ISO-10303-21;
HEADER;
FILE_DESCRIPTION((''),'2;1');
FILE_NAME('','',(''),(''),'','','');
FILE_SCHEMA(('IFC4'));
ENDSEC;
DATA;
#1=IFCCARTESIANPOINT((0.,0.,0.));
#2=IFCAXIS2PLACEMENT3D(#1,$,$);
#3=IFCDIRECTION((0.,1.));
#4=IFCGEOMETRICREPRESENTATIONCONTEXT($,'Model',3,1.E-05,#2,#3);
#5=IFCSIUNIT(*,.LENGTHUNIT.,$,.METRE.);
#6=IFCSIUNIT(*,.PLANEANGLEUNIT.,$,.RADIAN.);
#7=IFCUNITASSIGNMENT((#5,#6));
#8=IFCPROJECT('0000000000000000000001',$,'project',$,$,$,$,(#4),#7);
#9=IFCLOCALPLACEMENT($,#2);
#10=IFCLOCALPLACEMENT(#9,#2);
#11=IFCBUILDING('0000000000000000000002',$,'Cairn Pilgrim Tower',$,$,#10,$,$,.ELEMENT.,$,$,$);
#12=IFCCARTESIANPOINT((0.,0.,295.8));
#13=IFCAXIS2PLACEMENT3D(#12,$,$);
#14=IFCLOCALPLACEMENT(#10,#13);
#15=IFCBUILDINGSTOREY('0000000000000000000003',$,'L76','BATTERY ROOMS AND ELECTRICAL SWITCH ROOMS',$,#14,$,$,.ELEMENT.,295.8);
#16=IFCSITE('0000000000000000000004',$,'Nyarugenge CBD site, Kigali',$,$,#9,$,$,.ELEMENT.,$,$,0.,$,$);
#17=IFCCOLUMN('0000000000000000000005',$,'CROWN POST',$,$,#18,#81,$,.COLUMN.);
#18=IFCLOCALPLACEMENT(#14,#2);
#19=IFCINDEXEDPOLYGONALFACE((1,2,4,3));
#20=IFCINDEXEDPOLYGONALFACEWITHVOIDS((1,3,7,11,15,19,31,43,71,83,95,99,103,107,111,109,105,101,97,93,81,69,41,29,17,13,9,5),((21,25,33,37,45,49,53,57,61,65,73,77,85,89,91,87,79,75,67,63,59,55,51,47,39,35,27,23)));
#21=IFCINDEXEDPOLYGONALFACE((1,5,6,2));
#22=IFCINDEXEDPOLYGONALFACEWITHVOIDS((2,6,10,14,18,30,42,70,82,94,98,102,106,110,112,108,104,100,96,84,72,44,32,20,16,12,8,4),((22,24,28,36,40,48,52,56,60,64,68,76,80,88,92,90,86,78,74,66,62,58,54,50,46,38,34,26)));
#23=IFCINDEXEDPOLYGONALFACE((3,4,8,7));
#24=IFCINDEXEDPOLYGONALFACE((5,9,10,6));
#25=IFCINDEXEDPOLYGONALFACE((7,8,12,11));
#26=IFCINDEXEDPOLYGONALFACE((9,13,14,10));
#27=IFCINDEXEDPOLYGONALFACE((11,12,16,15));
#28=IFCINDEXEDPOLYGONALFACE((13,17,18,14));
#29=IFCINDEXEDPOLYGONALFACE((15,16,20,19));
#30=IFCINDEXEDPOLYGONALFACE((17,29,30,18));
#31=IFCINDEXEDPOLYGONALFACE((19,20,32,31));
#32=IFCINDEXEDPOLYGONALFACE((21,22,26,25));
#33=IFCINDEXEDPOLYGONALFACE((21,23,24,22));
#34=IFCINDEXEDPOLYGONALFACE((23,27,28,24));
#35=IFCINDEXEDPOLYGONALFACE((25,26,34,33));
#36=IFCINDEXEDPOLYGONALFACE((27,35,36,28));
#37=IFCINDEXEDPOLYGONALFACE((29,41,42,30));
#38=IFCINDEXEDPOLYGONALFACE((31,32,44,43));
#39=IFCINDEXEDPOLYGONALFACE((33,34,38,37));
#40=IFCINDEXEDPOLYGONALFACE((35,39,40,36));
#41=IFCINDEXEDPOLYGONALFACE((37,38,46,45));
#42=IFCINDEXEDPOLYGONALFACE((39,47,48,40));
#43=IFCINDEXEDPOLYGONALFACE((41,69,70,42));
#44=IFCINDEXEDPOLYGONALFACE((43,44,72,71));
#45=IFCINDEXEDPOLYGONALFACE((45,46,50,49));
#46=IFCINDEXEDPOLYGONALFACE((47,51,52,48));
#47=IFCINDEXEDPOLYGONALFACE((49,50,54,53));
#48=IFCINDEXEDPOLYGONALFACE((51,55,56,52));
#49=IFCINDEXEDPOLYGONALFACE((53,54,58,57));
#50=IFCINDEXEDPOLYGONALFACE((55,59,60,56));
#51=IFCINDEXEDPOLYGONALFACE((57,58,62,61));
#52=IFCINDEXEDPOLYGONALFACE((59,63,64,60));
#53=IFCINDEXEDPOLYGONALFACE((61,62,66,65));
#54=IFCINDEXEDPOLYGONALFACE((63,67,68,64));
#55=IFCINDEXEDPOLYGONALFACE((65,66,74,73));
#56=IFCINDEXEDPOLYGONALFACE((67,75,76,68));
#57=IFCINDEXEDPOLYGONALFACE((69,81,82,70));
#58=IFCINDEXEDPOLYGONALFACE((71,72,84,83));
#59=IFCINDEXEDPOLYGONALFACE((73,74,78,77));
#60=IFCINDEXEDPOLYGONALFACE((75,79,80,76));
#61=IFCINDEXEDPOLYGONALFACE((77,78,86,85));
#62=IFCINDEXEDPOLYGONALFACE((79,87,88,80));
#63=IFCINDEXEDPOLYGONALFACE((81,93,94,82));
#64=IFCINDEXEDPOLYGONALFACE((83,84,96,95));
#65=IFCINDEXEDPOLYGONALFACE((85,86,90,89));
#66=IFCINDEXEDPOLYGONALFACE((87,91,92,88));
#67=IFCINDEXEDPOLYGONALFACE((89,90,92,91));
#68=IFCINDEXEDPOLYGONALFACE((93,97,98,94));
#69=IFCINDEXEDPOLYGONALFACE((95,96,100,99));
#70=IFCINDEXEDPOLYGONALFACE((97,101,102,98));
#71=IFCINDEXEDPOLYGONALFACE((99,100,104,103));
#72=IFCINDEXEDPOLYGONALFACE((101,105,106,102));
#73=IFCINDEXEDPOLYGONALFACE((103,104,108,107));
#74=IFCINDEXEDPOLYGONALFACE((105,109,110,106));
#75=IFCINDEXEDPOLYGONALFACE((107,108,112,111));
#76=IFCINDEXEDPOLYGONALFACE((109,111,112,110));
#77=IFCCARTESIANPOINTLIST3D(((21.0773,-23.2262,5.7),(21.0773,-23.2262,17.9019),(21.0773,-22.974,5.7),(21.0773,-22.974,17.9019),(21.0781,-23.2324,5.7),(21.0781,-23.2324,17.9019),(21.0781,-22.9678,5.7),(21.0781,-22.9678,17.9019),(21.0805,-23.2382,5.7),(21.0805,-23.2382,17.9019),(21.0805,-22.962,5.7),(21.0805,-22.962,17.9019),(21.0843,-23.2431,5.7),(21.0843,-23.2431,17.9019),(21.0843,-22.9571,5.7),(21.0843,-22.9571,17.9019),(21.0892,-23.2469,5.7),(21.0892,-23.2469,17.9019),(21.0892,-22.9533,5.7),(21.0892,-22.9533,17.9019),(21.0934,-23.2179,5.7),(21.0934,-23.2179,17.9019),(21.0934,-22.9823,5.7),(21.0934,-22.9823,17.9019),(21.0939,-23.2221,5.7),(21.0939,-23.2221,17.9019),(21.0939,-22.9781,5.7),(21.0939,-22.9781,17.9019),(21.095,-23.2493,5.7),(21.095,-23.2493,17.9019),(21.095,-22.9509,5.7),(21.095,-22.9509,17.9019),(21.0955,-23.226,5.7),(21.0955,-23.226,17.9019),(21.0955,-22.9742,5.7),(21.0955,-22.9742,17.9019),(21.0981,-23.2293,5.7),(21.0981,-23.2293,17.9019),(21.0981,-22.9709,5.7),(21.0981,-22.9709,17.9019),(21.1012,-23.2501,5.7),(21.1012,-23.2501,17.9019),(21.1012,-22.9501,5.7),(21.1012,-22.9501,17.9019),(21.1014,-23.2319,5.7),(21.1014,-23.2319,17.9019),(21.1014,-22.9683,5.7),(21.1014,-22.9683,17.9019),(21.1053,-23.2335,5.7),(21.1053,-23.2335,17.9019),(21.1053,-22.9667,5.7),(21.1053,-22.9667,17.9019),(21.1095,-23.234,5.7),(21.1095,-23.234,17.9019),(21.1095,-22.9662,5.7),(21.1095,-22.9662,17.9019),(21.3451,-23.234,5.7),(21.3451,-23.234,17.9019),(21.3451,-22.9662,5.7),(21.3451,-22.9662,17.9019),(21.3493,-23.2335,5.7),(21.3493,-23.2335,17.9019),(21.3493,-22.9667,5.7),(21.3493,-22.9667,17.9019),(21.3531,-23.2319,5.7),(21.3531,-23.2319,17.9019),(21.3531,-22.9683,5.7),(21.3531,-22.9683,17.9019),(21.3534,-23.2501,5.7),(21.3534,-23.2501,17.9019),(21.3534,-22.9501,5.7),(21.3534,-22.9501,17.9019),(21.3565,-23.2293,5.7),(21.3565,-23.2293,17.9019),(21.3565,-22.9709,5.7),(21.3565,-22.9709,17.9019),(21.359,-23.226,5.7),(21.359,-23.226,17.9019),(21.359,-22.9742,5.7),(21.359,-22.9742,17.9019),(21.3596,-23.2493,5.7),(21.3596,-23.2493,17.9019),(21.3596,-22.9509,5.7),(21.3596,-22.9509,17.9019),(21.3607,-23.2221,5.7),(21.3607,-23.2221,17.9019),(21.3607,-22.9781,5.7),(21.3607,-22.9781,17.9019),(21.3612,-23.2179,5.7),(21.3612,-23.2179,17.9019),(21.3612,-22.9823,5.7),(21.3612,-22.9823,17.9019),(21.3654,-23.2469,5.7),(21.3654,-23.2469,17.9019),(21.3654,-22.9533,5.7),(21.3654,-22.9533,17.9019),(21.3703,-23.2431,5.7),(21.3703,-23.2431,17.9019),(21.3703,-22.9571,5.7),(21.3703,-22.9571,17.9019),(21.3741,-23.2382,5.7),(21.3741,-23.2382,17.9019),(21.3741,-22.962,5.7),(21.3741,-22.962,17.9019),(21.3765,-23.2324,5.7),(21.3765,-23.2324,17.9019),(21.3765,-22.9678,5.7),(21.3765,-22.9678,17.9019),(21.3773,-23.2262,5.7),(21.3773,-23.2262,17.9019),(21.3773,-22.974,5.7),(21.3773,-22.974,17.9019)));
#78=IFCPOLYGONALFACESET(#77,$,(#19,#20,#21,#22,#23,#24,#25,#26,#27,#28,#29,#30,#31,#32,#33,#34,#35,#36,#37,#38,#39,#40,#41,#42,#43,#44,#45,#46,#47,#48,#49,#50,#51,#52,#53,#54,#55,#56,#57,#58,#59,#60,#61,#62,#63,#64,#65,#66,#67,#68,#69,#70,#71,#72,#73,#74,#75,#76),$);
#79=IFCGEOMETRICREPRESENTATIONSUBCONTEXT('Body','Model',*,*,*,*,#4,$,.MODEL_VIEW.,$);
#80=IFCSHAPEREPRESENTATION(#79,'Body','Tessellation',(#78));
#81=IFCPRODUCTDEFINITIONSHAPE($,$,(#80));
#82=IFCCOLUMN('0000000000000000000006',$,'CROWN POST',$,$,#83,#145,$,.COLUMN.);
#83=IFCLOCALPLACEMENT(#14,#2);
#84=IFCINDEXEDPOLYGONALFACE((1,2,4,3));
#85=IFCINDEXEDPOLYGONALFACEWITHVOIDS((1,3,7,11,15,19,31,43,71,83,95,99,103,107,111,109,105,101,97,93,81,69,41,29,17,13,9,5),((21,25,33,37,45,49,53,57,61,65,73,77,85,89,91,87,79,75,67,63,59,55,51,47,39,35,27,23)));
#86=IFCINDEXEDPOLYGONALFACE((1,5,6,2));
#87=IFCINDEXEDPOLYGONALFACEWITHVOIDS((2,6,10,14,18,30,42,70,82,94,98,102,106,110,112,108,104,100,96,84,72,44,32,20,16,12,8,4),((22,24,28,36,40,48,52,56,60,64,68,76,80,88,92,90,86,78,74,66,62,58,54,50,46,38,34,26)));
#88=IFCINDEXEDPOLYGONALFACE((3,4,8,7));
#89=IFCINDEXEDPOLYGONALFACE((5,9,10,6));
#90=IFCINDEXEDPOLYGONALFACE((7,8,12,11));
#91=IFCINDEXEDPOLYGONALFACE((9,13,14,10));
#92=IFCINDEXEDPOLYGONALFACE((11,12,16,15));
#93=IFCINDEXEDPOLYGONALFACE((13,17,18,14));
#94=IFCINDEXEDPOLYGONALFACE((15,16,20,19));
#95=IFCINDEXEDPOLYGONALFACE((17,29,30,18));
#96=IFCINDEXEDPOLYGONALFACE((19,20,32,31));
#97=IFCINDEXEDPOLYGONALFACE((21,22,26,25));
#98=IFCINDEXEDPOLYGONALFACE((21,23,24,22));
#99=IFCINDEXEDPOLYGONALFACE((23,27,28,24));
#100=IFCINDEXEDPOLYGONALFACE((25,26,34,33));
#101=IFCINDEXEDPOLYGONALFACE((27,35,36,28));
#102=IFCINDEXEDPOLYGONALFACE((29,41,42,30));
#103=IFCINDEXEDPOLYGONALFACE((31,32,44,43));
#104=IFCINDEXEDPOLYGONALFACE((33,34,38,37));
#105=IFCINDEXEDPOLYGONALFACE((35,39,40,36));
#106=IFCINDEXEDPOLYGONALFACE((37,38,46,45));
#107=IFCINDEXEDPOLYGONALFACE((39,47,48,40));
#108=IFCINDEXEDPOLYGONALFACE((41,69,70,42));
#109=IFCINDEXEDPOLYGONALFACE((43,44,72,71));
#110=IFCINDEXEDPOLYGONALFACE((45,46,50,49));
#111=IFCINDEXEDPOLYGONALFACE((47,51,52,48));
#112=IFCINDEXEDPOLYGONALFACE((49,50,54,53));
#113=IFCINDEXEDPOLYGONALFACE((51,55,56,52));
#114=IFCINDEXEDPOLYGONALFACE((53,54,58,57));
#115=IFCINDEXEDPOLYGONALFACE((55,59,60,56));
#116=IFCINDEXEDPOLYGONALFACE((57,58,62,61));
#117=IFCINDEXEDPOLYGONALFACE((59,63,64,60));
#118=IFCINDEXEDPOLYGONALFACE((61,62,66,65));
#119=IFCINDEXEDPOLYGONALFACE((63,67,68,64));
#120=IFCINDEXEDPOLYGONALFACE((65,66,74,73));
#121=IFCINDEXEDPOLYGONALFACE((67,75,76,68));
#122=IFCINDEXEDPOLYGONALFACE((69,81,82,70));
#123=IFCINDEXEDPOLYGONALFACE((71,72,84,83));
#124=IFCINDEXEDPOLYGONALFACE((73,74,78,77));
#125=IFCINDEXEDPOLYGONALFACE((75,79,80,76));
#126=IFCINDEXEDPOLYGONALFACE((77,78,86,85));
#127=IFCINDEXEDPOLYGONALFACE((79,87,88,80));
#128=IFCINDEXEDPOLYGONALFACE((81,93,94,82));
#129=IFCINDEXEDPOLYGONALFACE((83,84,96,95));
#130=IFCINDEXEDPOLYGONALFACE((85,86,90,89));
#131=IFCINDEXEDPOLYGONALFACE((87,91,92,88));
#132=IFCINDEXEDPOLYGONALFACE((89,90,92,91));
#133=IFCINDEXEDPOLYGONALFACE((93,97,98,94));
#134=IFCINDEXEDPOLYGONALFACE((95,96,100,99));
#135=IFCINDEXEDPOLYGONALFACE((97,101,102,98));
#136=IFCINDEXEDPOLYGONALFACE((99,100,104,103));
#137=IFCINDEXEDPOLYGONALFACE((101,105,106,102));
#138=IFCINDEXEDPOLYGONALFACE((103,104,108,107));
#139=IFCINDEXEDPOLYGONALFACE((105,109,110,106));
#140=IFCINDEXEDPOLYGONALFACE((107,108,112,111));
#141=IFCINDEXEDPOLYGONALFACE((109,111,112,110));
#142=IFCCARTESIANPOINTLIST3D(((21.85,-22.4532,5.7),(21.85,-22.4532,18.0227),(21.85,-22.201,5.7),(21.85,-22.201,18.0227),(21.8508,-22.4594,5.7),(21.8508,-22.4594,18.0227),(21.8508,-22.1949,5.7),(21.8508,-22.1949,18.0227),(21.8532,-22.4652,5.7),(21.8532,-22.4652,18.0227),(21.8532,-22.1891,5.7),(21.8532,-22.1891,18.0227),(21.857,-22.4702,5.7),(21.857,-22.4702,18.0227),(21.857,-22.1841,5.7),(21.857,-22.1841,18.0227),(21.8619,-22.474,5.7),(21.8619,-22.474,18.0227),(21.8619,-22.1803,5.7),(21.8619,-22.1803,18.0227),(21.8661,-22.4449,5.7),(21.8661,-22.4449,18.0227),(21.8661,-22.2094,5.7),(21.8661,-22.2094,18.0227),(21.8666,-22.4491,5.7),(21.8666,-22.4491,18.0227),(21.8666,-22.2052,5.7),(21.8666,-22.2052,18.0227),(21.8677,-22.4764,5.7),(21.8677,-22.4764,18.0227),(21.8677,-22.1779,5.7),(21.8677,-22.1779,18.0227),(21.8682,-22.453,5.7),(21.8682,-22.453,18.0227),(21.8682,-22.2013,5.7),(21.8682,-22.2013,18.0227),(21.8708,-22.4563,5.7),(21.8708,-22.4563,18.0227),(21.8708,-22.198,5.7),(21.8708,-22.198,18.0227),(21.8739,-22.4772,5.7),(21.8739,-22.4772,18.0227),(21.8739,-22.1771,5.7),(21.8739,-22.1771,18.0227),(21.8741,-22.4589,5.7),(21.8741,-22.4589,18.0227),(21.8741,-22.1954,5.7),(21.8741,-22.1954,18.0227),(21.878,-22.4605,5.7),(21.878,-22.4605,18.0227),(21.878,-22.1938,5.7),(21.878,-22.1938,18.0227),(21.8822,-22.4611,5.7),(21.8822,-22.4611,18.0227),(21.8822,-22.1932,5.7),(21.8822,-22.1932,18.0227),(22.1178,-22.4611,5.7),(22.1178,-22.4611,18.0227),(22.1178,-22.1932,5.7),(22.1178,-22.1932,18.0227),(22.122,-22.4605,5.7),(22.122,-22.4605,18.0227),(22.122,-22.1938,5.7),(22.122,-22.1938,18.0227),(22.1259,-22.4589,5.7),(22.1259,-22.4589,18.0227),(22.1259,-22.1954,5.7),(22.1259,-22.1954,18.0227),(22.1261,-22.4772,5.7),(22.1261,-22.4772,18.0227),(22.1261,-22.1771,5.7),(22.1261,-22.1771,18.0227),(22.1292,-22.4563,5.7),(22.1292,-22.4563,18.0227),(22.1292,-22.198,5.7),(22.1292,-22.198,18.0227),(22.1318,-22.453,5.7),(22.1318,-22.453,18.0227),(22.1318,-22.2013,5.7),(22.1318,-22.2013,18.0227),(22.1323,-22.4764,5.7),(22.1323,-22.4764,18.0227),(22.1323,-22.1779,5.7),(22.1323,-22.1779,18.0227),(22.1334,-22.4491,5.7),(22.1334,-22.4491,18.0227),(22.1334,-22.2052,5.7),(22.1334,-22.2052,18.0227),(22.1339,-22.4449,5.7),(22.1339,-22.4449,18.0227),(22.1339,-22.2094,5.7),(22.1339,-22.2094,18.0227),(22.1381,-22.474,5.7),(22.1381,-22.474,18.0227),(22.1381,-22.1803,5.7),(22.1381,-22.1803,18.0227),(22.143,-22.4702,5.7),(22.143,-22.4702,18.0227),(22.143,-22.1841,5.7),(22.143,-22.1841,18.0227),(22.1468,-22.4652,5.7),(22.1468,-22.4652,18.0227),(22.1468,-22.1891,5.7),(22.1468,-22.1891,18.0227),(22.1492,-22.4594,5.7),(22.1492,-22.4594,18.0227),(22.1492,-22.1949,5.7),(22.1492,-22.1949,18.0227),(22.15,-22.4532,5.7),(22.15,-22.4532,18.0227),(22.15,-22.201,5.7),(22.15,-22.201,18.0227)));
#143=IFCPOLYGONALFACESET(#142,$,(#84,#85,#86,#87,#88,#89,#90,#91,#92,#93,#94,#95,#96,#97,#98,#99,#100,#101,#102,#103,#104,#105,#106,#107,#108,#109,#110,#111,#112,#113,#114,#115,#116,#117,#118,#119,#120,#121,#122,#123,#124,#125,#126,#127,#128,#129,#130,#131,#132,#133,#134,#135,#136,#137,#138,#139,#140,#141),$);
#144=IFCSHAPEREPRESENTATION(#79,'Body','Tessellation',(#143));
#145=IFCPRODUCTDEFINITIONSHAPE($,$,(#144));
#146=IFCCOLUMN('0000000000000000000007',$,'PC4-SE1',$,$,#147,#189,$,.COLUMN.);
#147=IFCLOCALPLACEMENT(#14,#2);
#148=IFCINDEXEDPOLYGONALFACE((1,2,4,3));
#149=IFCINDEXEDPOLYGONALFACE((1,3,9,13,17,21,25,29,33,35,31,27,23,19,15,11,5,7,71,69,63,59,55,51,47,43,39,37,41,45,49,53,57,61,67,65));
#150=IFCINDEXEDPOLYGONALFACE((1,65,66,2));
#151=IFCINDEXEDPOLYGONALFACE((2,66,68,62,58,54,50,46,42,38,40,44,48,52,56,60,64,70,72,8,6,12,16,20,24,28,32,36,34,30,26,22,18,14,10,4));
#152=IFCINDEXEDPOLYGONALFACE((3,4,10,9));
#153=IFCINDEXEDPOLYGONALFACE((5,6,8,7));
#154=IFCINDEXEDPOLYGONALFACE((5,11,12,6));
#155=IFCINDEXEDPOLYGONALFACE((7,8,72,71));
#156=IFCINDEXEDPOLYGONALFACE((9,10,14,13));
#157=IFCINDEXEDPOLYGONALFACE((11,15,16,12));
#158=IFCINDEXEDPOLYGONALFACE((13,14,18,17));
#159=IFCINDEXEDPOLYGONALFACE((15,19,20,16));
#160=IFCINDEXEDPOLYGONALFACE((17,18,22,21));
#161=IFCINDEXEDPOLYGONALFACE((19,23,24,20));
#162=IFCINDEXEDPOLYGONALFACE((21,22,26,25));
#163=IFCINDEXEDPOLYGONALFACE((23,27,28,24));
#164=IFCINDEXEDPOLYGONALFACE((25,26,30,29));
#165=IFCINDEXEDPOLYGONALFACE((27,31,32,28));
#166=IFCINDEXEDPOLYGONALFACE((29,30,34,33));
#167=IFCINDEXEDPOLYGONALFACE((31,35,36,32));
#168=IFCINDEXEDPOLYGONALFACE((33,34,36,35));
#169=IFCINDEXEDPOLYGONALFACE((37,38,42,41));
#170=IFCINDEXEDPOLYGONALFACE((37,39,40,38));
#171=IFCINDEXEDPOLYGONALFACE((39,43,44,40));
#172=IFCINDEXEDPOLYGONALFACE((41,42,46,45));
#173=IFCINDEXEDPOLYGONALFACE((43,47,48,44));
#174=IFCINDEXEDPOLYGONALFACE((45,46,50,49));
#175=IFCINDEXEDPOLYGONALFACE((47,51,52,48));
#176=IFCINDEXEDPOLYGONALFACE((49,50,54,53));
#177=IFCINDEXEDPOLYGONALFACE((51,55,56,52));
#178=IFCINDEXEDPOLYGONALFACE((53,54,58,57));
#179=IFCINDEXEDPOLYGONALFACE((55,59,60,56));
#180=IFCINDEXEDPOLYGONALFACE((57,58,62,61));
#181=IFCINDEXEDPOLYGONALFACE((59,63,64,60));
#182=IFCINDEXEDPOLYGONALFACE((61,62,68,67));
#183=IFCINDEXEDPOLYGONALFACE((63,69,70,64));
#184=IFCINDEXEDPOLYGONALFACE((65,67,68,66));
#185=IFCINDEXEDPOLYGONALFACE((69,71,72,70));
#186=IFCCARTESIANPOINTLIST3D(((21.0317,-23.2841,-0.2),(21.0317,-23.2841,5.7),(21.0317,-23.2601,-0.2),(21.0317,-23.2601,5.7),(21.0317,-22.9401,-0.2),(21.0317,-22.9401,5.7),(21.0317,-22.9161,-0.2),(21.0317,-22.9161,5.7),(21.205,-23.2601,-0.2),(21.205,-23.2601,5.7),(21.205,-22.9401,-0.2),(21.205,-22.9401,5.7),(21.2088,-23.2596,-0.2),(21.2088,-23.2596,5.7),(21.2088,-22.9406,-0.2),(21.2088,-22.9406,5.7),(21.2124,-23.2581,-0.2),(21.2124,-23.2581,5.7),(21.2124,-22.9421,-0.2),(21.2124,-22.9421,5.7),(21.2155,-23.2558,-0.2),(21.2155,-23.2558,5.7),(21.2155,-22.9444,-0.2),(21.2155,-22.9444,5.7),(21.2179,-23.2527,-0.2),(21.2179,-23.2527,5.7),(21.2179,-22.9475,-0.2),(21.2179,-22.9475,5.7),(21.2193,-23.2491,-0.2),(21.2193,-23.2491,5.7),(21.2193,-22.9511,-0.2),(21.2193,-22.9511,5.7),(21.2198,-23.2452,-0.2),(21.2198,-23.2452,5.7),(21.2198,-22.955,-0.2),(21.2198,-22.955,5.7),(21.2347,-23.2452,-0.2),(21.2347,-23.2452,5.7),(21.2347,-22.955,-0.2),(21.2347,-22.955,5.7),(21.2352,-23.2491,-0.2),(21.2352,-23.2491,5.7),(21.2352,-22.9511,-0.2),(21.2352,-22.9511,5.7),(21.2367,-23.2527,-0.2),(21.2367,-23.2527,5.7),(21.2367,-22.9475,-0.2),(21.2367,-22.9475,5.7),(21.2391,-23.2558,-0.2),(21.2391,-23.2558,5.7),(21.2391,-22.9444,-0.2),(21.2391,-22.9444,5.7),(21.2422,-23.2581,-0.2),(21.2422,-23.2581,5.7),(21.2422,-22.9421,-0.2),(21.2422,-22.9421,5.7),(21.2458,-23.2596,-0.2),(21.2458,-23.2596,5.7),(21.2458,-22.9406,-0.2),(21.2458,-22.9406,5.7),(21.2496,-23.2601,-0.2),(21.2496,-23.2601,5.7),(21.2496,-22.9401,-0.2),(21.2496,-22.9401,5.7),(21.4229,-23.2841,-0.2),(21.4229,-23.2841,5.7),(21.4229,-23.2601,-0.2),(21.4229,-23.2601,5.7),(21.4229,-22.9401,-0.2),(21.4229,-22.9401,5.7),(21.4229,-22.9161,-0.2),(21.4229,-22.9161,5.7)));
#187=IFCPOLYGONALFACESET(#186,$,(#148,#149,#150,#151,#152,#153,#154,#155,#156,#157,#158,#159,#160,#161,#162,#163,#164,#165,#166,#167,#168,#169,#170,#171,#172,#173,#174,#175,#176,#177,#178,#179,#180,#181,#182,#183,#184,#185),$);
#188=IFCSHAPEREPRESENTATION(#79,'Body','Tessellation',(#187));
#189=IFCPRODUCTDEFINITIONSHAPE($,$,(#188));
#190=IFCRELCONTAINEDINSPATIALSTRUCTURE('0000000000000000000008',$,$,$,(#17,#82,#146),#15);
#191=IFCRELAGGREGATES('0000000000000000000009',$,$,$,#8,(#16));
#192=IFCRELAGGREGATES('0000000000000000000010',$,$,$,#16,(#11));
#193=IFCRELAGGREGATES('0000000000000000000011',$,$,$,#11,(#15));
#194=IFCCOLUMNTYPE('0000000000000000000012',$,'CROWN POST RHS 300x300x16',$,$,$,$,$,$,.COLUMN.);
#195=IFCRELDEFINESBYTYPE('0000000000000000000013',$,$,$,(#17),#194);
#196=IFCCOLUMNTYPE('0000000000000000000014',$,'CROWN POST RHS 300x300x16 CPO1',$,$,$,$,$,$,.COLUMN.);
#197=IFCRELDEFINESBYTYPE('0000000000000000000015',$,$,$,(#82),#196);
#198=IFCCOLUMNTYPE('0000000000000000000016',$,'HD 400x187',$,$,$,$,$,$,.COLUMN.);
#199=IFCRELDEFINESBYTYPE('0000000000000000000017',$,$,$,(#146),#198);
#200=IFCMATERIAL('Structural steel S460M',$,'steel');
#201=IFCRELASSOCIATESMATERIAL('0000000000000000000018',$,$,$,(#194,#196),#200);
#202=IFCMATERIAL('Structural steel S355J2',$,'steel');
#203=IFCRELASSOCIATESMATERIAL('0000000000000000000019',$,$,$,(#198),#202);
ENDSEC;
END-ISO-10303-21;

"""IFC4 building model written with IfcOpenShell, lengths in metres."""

from ifc_helpers import new_model, si_unit, direction, frame, origin, origin_2d, place, context, subcontext, project, spatial, hollow_rectangle, i_section, extrude, material, material_profile, profile_set, type_object, element, save


model = new_model("IFC4")

# Units and contexts
model_context = context("Model", 3, precision=1e-05, world=origin(), true_north=direction((0.0, 1.0)))
body_context = subcontext(model_context, "Body", "Model", "MODEL_VIEW")
ifc_project = project(units=[si_unit("LENGTHUNIT", "METRE"), si_unit("PLANEANGLEUNIT", "RADIAN")], contexts=[model_context])

# Site, building, storey
site_placement = place(None, origin())
site = spatial("IfcSite", under=ifc_project, at=site_placement, Name="Nyarugenge CBD site, Kigali", CompositionType="ELEMENT", RefElevation=0.0)
building_placement = place(site_placement, origin())
building = spatial("IfcBuilding", under=site, at=building_placement, Name="Cairn Pilgrim Tower", CompositionType="ELEMENT")
storey_placement = place(building_placement, frame((0.0, 0.0, 295.8)))
storey = spatial("IfcBuildingStorey", under=building, at=storey_placement, Name="L76", Description="BATTERY ROOMS AND ELECTRICAL SWITCH ROOMS", CompositionType="ELEMENT", Elevation=295.8)

# Columns
ifc_material_1 = material(Name="Structural steel S460M", Category="steel")
ifc_material_profile_1 = material_profile(ifc_material_1, hollow_rectangle(XDim=0.3, YDim=0.3, WallThickness=0.0161, InnerFilletRadius=0.0161, OuterFilletRadius=0.0239, at=origin_2d()), Name="SHS 300x300x16")
ifc_profile_set_1 = profile_set([ifc_material_profile_1], Name="Structural steel S460M")
column_type_1 = type_object("IfcColumnType", Name="CROWN POST RHS 300x300x16", PredefinedType="COLUMN", material=ifc_profile_set_1)
column_1_placement = place(storey_placement, frame((21.2273, -23.1001, 5.7), z_axis=(0.0, 0.0, 1.0), x_axis=(1.0, 0.0, 0.0)))
element("IfcColumn", 1, at=column_1_placement, inside=storey, type_object=column_type_1, Name="CROWN POST", PredefinedType="COLUMN", context=body_context, shape_type="SweptSolid", body=[
    extrude(hollow_rectangle(XDim=0.3, YDim=0.3, WallThickness=0.0161, InnerFilletRadius=0.0161, OuterFilletRadius=0.0239, at=origin_2d()), origin(), (0.0, 0.0, 1.0), 12.2019),
])
ifc_material_profile_2 = material_profile(ifc_material_1, hollow_rectangle(XDim=0.3, YDim=0.3, WallThickness=0.0161, InnerFilletRadius=0.0161, OuterFilletRadius=0.0239, at=origin_2d()), Name="SHS 300x300x16")
ifc_profile_set_2 = profile_set([ifc_material_profile_2], Name="Structural steel S460M")
column_type_2 = type_object("IfcColumnType", Name="CROWN POST RHS 300x300x16 CPO1", PredefinedType="COLUMN", material=ifc_profile_set_2)
column_2_placement = place(storey_placement, frame((22.0, -22.3271, 5.7), z_axis=(0.0, 0.0, 1.0), x_axis=(1.0, 0.0, 0.0)))
element("IfcColumn", 2, at=column_2_placement, inside=storey, type_object=column_type_2, Name="CROWN POST", PredefinedType="COLUMN", context=body_context, shape_type="SweptSolid", body=[
    extrude(hollow_rectangle(XDim=0.3, YDim=0.3, WallThickness=0.0161, InnerFilletRadius=0.0161, OuterFilletRadius=0.0239, at=origin_2d()), origin(), (0.0, 0.0, 1.0), 12.3228),
])
ifc_material_2 = material(Name="Structural steel S355J2", Category="steel")
ifc_material_profile_3 = material_profile(ifc_material_2, i_section(OverallWidth=0.3911, OverallDepth=0.3679, WebThickness=0.0149, FlangeThickness=0.0239, FilletRadius=0.0149, at=origin_2d()), Name="HD 400x187")
ifc_profile_set_3 = profile_set([ifc_material_profile_3], Name="Structural steel S355J2")
column_type_3 = type_object("IfcColumnType", Name="HD 400x187", PredefinedType="COLUMN", material=ifc_profile_set_3)
column_3_placement = place(storey_placement, frame((21.2273, -23.1001, -0.2), z_axis=(0.0, 0.0, 1.0), x_axis=(1.0, 0.0, 0.0)))
element("IfcColumn", 3, at=column_3_placement, inside=storey, type_object=column_type_3, Name="PC4-SE1", PredefinedType="COLUMN", context=body_context, shape_type="SweptSolid", body=[
    extrude(i_section(OverallWidth=0.3911, OverallDepth=0.3679, WebThickness=0.0149, FlangeThickness=0.0239, FilletRadius=0.0149, at=origin_2d()), origin(), (0.0, 0.0, 1.0), 5.8999),
])

save(model, "model.ifc")
